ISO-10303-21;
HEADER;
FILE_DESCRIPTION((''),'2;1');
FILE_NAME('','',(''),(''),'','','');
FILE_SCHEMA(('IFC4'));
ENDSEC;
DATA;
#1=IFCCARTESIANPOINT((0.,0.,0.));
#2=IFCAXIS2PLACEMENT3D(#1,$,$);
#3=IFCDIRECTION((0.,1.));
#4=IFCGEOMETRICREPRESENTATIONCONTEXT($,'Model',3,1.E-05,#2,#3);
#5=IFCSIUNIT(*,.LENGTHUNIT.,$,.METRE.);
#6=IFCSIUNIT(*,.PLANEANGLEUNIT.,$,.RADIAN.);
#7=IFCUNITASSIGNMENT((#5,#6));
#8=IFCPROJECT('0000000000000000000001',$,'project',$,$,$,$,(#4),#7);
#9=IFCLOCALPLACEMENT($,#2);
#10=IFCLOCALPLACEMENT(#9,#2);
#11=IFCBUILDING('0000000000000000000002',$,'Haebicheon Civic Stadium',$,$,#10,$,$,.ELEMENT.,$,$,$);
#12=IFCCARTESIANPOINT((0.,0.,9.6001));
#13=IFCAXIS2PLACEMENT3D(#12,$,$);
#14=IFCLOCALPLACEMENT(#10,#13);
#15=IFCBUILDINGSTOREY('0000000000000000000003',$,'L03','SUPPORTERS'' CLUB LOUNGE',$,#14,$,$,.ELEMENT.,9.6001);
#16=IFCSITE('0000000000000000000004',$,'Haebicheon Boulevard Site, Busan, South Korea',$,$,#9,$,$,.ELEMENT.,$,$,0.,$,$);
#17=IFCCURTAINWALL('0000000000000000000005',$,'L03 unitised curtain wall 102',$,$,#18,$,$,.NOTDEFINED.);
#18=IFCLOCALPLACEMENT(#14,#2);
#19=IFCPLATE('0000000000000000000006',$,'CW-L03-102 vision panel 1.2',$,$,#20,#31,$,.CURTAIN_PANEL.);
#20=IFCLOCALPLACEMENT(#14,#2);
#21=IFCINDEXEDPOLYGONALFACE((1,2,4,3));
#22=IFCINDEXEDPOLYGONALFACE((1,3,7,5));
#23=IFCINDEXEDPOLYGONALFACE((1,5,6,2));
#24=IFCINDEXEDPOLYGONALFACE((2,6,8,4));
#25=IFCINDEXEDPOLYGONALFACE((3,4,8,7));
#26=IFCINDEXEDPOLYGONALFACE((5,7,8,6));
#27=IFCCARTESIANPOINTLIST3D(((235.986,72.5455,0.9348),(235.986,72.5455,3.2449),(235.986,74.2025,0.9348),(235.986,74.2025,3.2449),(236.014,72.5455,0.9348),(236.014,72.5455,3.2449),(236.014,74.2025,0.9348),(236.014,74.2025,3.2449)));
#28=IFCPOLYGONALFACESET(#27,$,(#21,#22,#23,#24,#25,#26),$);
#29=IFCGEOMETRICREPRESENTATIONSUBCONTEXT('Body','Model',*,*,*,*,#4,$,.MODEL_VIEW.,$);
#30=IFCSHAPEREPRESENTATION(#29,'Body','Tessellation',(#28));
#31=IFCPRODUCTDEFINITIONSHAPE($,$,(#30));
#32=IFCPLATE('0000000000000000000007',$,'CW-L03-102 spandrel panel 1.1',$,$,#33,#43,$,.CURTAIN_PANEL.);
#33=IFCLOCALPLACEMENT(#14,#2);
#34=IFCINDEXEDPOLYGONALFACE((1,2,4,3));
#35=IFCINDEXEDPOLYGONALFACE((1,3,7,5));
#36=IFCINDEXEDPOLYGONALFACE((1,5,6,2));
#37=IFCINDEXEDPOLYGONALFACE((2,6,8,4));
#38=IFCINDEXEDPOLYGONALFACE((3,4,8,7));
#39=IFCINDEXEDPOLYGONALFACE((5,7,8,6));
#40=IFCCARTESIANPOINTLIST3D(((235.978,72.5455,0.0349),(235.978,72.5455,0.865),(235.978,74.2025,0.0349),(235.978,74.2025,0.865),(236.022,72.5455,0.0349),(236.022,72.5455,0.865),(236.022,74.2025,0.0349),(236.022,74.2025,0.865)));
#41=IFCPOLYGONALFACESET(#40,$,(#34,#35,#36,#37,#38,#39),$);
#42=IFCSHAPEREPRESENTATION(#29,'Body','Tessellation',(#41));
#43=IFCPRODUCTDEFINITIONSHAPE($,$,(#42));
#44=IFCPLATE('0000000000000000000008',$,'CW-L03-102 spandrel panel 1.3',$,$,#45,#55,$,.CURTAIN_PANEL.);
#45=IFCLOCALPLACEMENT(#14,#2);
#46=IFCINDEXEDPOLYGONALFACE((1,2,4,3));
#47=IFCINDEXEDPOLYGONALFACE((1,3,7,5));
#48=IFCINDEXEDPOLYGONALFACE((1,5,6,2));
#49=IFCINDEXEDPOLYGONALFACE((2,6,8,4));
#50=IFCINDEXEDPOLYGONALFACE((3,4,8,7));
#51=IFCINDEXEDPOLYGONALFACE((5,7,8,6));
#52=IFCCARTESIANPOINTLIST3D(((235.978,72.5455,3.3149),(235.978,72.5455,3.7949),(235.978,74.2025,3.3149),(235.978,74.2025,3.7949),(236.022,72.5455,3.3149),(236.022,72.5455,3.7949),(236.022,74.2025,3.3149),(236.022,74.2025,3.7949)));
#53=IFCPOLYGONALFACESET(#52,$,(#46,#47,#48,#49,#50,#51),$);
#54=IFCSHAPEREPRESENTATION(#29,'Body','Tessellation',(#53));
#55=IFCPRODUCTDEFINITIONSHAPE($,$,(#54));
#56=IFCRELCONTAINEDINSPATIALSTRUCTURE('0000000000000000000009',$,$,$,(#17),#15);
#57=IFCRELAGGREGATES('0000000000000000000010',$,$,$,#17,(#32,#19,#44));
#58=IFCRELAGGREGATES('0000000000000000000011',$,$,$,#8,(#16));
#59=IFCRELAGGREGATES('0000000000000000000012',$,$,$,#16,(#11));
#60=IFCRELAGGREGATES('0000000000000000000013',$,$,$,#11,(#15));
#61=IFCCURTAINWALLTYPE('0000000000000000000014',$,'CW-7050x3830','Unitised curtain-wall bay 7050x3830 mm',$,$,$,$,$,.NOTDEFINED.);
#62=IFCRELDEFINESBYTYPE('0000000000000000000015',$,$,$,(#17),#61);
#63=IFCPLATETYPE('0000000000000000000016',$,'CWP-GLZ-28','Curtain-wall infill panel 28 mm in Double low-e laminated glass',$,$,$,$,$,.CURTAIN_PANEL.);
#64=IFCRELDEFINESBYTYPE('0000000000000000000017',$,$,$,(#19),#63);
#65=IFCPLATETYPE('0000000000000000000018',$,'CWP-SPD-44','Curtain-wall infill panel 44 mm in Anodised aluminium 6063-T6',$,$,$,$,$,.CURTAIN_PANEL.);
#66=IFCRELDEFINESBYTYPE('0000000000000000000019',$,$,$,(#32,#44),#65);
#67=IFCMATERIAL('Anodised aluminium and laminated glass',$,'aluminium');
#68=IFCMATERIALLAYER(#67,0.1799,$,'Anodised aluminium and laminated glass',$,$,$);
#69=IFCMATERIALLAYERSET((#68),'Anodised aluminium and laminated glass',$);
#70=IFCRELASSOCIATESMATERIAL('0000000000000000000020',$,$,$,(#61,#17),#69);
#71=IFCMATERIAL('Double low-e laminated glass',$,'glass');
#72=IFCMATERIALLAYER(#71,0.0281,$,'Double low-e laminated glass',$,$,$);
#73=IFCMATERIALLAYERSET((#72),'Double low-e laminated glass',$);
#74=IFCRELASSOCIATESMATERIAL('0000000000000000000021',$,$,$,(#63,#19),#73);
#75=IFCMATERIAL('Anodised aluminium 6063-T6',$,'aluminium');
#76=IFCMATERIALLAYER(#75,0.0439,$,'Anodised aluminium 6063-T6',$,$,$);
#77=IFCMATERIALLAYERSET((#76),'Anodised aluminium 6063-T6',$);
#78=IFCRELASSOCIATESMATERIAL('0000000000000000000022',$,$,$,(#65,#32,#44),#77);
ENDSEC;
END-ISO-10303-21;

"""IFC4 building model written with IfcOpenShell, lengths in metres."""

from ifc_helpers import new_model, si_unit, direction, frame, origin, origin_2d, place, context, subcontext, project, spatial, rectangle, extrude, material, layer, layer_set, type_object, element, aggregate, save


model = new_model("IFC4")

# Units and contexts
model_context = context("Model", 3, precision=1e-05, world=origin(), true_north=direction((0.0, 1.0)))
body_context = subcontext(model_context, "Body", "Model", "MODEL_VIEW")
ifc_project = project(units=[si_unit("LENGTHUNIT", "METRE"), si_unit("PLANEANGLEUNIT", "RADIAN")], contexts=[model_context])

# Site, building, storey
site_placement = place(None, origin())
site = spatial("IfcSite", under=ifc_project, at=site_placement, Name="Haebicheon Boulevard Site, Busan, South Korea", CompositionType="ELEMENT", RefElevation=0.0)
building_placement = place(site_placement, origin())
building = spatial("IfcBuilding", under=site, at=building_placement, Name="Haebicheon Civic Stadium", CompositionType="ELEMENT")
storey_placement = place(building_placement, frame((0.0, 0.0, 9.6001)))
storey = spatial("IfcBuildingStorey", under=building, at=storey_placement, Name="L03", Description="SUPPORTERS' CLUB LOUNGE", CompositionType="ELEMENT", Elevation=9.6001)

# Curtain wall
ifc_material_1 = material(Name="Anodised aluminium and laminated glass", Category="aluminium")
ifc_layer_1 = layer(ifc_material_1, 0.1799, Name="Anodised aluminium and laminated glass")
ifc_layer_set_1 = layer_set([ifc_layer_1], Name="Anodised aluminium and laminated glass")
curtain_wall_type = type_object("IfcCurtainWallType", Name="CW-7050x3830", Description="Unitised curtain-wall bay 7050x3830 mm", PredefinedType="NOTDEFINED", material=ifc_layer_set_1)
curtain_wall_placement = place(storey_placement, origin())
curtain_wall = element("IfcCurtainWall", 1, at=curtain_wall_placement, inside=storey, type_object=curtain_wall_type, material=ifc_layer_set_1, Name="L03 unitised curtain wall 102", PredefinedType="NOTDEFINED")

# Plates
ifc_material_2 = material(Name="Double low-e laminated glass", Category="glass")
ifc_layer_2 = layer(ifc_material_2, 0.0281, Name="Double low-e laminated glass")
ifc_layer_set_2 = layer_set([ifc_layer_2], Name="Double low-e laminated glass")
plate_type_1 = type_object("IfcPlateType", Name="CWP-GLZ-28", Description="Curtain-wall infill panel 28 mm in Double low-e laminated glass", PredefinedType="CURTAIN_PANEL", material=ifc_layer_set_2)
plate_1_placement = place(storey_placement, frame((236.0, 73.374, 0.9348), z_axis=(0.0, 0.0, 1.0), x_axis=(0.0, 1.0, 0.0)))
plate_1 = element("IfcPlate", 2, at=plate_1_placement, type_object=plate_type_1, material=ifc_layer_set_2, Name="CW-L03-102 vision panel 1.2", PredefinedType="CURTAIN_PANEL", context=body_context, shape_type="SweptSolid", body=[
    extrude(rectangle(XDim=1.657, YDim=0.0281, at=origin_2d()), origin(), (0.0, 0.0, 1.0), 2.3101),
])
ifc_material_3 = material(Name="Anodised aluminium 6063-T6", Category="aluminium")
ifc_layer_3 = layer(ifc_material_3, 0.0439, Name="Anodised aluminium 6063-T6")
ifc_layer_set_3 = layer_set([ifc_layer_3], Name="Anodised aluminium 6063-T6")
plate_type_2 = type_object("IfcPlateType", Name="CWP-SPD-44", Description="Curtain-wall infill panel 44 mm in Anodised aluminium 6063-T6", PredefinedType="CURTAIN_PANEL", material=ifc_layer_set_3)
plate_2_placement = place(storey_placement, frame((236.0, 73.374, 0.0349), z_axis=(0.0, 0.0, 1.0), x_axis=(0.0, 1.0, 0.0)))
plate_2 = element("IfcPlate", 3, at=plate_2_placement, type_object=plate_type_2, material=ifc_layer_set_3, Name="CW-L03-102 spandrel panel 1.1", PredefinedType="CURTAIN_PANEL", context=body_context, shape_type="SweptSolid", body=[
    extrude(rectangle(XDim=1.657, YDim=0.0439, at=origin_2d()), origin(), (0.0, 0.0, 1.0), 0.8301),
])
plate_3_placement = place(storey_placement, frame((236.0, 73.374, 3.3149), z_axis=(0.0, 0.0, 1.0), x_axis=(0.0, 1.0, 0.0)))
plate_3 = element("IfcPlate", 4, at=plate_3_placement, type_object=plate_type_2, material=ifc_layer_set_3, Name="CW-L03-102 spandrel panel 1.3", PredefinedType="CURTAIN_PANEL", context=body_context, shape_type="SweptSolid", body=[
    extrude(rectangle(XDim=1.657, YDim=0.0439, at=origin_2d()), origin(), (0.0, 0.0, 1.0), 0.48),
])
aggregate(curtain_wall, [plate_2, plate_1, plate_3])

save(model, "model.ifc")
